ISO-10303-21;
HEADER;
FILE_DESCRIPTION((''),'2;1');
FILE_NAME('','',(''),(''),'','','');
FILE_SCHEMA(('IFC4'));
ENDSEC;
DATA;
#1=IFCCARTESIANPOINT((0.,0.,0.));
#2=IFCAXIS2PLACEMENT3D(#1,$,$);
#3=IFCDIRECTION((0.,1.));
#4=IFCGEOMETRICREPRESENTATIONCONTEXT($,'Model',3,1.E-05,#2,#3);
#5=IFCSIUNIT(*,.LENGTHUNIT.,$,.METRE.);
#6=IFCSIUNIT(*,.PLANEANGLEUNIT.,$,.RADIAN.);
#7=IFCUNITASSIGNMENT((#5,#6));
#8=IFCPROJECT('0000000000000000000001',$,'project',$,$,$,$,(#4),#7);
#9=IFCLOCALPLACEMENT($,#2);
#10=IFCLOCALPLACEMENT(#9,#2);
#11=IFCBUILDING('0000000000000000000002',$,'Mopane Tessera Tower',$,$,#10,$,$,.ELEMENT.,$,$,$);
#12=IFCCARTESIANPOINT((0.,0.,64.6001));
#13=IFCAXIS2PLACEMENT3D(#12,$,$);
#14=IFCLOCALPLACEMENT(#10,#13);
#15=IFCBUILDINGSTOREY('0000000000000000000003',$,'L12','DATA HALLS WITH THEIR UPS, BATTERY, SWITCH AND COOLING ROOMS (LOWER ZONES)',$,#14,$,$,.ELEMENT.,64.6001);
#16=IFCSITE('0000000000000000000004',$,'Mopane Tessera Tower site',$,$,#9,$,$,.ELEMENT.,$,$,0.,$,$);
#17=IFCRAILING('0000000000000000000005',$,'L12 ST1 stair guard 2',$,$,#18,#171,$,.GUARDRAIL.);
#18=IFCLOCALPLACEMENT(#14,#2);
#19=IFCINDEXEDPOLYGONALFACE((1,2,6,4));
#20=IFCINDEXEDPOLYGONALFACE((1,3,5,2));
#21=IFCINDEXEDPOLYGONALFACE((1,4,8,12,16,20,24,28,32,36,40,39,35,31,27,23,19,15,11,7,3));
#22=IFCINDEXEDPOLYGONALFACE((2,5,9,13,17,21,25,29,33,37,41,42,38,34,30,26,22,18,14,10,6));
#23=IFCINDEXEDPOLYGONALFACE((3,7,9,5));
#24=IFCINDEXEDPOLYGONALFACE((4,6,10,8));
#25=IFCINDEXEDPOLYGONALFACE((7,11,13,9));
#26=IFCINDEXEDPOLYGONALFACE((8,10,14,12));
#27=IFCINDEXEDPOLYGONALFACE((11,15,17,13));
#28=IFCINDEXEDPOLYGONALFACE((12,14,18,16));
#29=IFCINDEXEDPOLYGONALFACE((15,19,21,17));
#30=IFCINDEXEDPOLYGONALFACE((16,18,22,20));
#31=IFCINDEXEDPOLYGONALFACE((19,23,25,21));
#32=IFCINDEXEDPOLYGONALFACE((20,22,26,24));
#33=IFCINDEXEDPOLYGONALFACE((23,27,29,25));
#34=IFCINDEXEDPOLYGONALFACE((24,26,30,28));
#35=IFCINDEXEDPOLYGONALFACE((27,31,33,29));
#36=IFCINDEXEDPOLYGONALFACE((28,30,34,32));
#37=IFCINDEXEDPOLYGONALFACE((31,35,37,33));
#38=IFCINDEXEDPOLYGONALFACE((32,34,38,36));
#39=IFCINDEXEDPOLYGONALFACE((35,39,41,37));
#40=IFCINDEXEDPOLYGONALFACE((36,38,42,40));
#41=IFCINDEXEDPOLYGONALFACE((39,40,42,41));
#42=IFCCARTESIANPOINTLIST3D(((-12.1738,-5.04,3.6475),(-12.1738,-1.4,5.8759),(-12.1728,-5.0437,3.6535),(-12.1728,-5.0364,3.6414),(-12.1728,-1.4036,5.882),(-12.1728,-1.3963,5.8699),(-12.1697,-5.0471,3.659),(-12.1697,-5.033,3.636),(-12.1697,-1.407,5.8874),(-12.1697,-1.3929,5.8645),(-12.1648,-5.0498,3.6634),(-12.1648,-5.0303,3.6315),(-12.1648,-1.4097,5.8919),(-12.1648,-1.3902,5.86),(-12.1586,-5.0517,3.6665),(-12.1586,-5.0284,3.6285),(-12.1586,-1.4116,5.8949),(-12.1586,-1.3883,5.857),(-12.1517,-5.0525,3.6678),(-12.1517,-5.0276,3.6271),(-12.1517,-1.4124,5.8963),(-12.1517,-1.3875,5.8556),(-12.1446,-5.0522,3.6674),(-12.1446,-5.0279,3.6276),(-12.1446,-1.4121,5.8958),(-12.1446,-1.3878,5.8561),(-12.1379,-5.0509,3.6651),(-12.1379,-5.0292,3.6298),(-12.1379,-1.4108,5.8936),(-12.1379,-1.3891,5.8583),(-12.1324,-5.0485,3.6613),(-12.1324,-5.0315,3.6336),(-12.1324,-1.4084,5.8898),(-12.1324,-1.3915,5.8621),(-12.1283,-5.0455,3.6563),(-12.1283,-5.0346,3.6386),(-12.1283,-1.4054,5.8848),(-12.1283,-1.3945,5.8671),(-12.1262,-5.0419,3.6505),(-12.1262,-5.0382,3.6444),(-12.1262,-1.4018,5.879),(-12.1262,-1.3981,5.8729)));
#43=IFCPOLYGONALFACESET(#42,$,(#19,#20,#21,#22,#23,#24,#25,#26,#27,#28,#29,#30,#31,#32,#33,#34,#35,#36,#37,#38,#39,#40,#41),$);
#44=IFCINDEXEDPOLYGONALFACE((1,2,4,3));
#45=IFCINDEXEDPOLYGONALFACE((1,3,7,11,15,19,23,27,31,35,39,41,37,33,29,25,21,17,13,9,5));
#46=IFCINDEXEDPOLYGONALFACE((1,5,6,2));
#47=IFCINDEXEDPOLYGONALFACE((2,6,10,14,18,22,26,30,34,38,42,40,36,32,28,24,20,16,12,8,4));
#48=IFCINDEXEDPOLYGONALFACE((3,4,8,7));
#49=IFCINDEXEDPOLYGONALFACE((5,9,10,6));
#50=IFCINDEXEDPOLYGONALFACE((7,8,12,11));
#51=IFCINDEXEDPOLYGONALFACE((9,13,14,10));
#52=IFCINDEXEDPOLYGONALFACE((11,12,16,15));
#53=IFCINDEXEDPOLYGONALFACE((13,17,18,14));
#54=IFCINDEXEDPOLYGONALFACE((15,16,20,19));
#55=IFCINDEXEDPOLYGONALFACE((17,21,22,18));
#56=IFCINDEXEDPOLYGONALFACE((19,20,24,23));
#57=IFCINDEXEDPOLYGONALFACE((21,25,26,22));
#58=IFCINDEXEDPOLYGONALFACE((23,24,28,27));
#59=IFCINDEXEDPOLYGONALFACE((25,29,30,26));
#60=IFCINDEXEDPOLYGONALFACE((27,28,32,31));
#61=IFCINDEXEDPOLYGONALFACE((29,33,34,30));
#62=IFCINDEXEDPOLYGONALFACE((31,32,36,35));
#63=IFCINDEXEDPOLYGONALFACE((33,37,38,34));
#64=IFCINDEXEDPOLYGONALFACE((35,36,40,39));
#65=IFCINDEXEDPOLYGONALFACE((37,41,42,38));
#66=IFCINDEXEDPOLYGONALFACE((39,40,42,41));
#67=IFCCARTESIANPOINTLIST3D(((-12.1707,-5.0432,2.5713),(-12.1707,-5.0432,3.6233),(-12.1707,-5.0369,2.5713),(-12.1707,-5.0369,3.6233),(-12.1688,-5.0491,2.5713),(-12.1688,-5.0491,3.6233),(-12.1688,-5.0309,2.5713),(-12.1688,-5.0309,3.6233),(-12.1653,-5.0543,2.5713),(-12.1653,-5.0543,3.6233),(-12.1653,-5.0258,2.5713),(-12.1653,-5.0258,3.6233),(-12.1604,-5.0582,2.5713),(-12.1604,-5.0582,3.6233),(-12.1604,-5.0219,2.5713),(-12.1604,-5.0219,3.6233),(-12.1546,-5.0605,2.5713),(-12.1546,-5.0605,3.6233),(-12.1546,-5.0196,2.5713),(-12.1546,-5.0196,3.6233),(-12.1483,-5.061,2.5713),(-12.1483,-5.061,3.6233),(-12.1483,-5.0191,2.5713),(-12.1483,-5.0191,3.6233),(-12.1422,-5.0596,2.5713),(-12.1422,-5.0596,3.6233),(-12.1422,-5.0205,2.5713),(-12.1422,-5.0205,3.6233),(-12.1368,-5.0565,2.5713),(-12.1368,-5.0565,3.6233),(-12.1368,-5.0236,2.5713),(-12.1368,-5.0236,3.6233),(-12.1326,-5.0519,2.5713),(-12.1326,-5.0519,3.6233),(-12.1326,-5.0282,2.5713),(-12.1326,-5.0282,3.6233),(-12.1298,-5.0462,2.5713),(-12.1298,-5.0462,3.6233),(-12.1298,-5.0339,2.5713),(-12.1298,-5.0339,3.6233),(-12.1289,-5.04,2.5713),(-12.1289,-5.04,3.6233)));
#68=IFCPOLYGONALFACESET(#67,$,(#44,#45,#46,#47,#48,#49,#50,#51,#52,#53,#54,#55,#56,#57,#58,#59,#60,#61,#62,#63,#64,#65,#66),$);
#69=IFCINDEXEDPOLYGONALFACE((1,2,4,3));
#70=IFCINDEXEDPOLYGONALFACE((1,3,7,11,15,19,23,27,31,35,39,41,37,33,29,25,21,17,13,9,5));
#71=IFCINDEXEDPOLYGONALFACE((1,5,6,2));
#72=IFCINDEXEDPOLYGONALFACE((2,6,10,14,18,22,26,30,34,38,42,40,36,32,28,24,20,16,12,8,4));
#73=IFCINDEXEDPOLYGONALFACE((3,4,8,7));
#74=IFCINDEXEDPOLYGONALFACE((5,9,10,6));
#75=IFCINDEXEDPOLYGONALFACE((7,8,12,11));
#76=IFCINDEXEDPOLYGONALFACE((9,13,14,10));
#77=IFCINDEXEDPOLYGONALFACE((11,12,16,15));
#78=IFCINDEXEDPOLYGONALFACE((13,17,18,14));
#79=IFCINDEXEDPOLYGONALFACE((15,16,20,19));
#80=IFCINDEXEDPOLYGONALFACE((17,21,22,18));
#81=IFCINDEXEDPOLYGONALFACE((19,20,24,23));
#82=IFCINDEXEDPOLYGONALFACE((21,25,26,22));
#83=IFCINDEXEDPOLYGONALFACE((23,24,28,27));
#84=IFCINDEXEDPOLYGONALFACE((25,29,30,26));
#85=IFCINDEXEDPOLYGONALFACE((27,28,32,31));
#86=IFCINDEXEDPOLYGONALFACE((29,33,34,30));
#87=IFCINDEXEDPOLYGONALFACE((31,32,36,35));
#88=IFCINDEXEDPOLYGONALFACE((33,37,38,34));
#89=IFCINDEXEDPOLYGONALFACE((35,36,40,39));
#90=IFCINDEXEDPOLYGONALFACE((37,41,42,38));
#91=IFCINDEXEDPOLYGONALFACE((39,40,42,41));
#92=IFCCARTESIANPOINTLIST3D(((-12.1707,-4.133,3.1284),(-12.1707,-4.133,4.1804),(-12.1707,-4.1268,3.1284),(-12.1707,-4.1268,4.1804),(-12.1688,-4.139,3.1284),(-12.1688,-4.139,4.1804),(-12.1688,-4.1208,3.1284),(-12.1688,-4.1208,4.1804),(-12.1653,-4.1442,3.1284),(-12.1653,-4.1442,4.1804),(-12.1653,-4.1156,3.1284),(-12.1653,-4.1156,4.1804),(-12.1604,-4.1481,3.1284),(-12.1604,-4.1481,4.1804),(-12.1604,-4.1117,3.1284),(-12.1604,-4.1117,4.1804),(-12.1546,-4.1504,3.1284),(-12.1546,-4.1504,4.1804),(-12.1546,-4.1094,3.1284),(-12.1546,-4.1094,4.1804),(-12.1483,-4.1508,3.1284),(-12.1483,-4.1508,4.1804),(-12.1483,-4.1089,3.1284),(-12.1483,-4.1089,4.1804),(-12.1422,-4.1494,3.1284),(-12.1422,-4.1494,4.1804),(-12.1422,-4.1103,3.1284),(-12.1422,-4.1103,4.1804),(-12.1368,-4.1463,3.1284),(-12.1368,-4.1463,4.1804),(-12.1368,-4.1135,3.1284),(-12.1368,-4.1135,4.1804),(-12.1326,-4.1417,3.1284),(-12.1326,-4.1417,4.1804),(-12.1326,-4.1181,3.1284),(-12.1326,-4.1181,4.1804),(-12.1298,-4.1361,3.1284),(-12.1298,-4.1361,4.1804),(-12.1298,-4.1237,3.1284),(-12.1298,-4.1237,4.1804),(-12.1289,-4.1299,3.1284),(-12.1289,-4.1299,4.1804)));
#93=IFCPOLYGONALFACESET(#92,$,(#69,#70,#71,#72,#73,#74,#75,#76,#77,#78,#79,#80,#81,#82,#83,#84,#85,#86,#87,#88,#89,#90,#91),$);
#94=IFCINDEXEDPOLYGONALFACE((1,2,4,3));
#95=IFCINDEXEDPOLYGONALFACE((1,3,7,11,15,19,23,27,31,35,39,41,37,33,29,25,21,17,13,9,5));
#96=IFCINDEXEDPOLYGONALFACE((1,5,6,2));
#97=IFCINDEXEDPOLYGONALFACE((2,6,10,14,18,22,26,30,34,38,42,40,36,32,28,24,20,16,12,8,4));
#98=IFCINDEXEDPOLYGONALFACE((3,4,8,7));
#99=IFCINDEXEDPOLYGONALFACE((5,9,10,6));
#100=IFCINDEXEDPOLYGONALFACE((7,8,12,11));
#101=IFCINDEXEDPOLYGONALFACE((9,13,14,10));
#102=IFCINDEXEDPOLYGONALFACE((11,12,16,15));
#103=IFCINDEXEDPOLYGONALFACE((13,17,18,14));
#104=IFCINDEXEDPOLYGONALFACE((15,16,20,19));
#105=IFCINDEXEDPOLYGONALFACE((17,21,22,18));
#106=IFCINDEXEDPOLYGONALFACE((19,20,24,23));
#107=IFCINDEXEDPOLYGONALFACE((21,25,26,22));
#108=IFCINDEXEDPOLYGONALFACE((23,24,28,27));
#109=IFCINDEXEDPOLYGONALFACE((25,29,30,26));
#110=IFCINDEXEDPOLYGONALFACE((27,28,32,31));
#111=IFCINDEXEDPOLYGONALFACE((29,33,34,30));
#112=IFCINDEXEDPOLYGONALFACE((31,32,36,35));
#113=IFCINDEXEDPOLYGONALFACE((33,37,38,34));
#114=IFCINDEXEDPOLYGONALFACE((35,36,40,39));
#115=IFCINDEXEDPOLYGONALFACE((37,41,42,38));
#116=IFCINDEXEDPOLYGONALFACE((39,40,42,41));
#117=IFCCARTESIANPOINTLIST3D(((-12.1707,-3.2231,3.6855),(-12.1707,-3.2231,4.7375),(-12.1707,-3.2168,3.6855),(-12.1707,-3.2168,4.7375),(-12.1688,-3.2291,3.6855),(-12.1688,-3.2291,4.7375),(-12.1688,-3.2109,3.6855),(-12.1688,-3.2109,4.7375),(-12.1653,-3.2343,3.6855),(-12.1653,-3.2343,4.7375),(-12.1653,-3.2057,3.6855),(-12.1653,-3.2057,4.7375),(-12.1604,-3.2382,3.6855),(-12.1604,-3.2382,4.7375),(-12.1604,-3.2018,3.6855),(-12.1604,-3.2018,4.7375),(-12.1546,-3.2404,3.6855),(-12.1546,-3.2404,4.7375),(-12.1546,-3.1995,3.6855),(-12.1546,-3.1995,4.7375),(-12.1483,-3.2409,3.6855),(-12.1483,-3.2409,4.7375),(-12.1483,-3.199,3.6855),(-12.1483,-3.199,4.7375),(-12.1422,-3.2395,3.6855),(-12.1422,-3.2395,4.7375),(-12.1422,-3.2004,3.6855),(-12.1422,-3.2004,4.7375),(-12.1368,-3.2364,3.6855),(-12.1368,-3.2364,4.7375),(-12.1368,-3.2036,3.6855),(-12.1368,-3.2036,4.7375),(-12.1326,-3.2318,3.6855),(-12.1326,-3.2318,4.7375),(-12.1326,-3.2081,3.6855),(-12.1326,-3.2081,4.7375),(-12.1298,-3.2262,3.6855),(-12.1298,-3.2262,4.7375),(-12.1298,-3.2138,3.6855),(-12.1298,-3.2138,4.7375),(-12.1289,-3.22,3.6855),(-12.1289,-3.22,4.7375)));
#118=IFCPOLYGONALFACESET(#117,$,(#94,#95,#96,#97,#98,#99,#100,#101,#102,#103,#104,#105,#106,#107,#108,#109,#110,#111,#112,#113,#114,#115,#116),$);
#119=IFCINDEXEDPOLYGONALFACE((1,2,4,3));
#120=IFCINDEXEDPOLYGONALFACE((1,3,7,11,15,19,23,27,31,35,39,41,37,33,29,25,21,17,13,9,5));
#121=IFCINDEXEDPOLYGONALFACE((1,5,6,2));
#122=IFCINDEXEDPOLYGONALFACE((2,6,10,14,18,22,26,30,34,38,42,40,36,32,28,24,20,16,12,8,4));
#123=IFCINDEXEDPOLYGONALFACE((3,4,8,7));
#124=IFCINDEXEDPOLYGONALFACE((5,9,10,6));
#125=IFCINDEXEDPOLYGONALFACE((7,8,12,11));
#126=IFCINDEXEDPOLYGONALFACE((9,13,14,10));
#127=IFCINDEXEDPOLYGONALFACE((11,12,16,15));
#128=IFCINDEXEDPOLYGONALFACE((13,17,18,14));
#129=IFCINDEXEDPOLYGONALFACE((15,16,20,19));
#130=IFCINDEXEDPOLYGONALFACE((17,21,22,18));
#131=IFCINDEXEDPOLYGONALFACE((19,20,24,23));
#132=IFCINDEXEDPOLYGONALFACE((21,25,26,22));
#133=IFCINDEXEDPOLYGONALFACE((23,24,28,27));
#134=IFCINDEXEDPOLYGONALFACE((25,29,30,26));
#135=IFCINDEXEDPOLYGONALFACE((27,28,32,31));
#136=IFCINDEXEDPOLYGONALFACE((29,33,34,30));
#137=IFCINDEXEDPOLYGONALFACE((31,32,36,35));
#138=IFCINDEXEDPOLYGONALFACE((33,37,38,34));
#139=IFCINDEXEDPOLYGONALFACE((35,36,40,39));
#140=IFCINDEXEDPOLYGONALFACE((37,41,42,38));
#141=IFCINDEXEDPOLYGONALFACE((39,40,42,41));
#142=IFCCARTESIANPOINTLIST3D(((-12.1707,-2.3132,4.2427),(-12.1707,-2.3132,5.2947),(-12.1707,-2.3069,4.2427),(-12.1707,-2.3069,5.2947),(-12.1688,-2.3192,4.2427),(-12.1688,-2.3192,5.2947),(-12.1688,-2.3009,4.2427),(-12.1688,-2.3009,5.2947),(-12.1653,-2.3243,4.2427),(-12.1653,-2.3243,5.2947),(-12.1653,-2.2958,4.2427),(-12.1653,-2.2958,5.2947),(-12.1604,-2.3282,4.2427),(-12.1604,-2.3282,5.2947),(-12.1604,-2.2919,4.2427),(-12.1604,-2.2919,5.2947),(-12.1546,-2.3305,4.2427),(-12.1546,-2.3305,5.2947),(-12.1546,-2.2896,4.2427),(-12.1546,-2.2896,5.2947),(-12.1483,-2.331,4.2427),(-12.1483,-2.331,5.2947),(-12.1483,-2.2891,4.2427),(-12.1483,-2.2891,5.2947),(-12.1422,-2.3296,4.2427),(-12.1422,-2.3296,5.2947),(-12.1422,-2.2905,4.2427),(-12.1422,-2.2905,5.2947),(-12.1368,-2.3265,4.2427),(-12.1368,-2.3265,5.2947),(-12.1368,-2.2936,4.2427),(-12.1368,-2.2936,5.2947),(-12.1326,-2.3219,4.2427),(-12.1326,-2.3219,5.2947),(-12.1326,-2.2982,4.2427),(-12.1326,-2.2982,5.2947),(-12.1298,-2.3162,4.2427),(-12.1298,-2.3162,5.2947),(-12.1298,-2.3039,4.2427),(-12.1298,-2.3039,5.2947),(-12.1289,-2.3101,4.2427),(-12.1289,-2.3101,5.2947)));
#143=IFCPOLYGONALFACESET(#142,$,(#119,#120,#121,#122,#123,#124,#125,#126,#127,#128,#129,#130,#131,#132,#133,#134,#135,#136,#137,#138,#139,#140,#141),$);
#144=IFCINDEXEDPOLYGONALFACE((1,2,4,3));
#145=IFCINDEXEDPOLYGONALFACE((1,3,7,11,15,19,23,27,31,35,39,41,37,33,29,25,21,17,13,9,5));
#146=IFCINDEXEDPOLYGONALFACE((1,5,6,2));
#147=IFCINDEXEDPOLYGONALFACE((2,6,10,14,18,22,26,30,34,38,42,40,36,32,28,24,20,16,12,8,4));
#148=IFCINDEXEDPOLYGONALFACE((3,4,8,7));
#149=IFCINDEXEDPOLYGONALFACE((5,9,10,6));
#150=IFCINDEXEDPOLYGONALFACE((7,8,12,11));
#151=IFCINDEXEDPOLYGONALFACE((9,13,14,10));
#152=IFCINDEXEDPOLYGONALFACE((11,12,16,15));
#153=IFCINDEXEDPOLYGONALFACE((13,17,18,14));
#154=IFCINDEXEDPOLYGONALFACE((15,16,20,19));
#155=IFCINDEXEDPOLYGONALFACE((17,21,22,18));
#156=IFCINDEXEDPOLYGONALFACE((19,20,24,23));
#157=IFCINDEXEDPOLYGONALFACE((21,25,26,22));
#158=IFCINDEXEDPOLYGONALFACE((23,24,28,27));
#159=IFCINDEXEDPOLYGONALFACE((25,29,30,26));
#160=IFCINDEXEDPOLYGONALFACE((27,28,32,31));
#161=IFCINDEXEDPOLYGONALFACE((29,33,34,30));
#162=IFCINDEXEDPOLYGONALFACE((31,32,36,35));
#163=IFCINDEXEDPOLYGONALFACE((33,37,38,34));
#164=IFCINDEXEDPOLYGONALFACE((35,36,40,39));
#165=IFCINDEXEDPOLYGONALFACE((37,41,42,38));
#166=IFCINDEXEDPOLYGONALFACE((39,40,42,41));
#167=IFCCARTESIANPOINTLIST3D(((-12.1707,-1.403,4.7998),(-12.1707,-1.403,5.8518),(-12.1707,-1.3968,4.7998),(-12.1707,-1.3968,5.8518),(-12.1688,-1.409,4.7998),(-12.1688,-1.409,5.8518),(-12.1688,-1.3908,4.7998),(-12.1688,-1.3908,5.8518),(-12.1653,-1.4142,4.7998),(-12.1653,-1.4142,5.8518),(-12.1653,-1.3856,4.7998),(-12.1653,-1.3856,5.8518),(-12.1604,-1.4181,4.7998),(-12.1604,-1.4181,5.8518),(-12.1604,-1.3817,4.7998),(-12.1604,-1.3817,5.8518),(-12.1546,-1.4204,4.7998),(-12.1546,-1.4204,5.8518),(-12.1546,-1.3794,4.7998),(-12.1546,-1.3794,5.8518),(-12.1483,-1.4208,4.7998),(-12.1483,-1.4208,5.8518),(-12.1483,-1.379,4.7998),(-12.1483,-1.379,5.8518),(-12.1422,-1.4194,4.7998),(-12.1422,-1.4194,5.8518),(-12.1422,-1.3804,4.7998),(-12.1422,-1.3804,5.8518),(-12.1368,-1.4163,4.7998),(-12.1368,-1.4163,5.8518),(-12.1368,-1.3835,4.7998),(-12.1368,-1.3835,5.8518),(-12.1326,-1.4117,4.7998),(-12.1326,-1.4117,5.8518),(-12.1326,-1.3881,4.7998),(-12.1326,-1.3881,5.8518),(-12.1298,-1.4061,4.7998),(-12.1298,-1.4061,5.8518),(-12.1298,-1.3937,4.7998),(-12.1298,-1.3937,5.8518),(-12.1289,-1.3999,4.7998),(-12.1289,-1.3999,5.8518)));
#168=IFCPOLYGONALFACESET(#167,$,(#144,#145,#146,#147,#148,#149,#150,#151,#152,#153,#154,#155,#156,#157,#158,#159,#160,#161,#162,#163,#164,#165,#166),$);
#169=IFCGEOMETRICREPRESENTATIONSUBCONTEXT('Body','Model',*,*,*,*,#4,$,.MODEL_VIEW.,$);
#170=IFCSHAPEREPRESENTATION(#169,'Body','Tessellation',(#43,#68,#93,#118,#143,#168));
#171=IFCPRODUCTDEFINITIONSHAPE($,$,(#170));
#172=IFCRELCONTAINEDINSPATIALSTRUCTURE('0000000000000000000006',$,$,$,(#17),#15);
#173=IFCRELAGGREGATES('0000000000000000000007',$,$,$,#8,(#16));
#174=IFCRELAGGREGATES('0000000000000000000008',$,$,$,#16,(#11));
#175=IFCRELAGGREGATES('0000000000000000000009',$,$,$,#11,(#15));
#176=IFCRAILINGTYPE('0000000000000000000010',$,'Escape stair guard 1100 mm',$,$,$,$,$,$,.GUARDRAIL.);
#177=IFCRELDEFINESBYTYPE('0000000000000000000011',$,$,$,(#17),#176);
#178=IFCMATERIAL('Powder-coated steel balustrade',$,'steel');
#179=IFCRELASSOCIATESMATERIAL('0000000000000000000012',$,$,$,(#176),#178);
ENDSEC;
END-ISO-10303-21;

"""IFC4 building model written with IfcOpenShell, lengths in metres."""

from ifc_helpers import new_model, si_unit, direction, frame, origin, origin_2d, place, context, subcontext, project, spatial, circle, extrude, material, type_object, element, save


model = new_model("IFC4")

# Units and contexts
model_context = context("Model", 3, precision=1e-05, world=origin(), true_north=direction((0.0, 1.0)))
body_context = subcontext(model_context, "Body", "Model", "MODEL_VIEW")
ifc_project = project(units=[si_unit("LENGTHUNIT", "METRE"), si_unit("PLANEANGLEUNIT", "RADIAN")], contexts=[model_context])

# Site, building, storey
site_placement = place(None, origin())
site = spatial("IfcSite", under=ifc_project, at=site_placement, Name="Mopane Tessera Tower site", CompositionType="ELEMENT", RefElevation=0.0)
building_placement = place(site_placement, origin())
building = spatial("IfcBuilding", under=site, at=building_placement, Name="Mopane Tessera Tower", CompositionType="ELEMENT")
storey_placement = place(building_placement, frame((0.0, 0.0, 64.6001)))
storey = spatial("IfcBuildingStorey", under=building, at=storey_placement, Name="L12", Description="DATA HALLS WITH THEIR UPS, BATTERY, SWITCH AND COOLING ROOMS (LOWER ZONES)", CompositionType="ELEMENT", Elevation=64.6001)

# Railing
ifc_material_1 = material(Name="Powder-coated steel balustrade", Category="steel")
railing_type_1 = type_object("IfcRailingType", Name="Escape stair guard 1100 mm", PredefinedType="GUARDRAIL", material=ifc_material_1)
railing_1_placement = place(storey_placement, frame((-12.1499, -5.04, 2.5713)))
element("IfcRailing", 1, at=railing_1_placement, inside=storey, type_object=railing_type_1, Name="L12 ST1 stair guard 2", PredefinedType="GUARDRAIL", context=body_context, shape_type="SweptSolid", body=[
    extrude(circle(Radius=0.0239, at=origin_2d()), frame((0.0, 0.0, 1.0762), z_axis=(0.0, 0.852866, 0.52213), x_axis=(-1.0, 0.0, 0.0)), (0.0, 0.0, 1.0), 4.2681),
    extrude(circle(Radius=0.021, at=origin_2d()), origin(), (0.0, 0.0, 1.0), 1.052),
    extrude(circle(Radius=0.021, at=origin_2d()), frame((0.0, 0.9102, 0.5571)), (0.0, 0.0, 1.0), 1.052),
    extrude(circle(Radius=0.021, at=origin_2d()), frame((0.0, 1.8201, 1.1143)), (0.0, 0.0, 1.0), 1.052),
    extrude(circle(Radius=0.021, at=origin_2d()), frame((0.0, 2.73, 1.6714)), (0.0, 0.0, 1.0), 1.052),
    extrude(circle(Radius=0.021, at=origin_2d()), frame((0.0, 3.6401, 2.2285)), (0.0, 0.0, 1.0), 1.052),
])

save(model, "model.ifc")
